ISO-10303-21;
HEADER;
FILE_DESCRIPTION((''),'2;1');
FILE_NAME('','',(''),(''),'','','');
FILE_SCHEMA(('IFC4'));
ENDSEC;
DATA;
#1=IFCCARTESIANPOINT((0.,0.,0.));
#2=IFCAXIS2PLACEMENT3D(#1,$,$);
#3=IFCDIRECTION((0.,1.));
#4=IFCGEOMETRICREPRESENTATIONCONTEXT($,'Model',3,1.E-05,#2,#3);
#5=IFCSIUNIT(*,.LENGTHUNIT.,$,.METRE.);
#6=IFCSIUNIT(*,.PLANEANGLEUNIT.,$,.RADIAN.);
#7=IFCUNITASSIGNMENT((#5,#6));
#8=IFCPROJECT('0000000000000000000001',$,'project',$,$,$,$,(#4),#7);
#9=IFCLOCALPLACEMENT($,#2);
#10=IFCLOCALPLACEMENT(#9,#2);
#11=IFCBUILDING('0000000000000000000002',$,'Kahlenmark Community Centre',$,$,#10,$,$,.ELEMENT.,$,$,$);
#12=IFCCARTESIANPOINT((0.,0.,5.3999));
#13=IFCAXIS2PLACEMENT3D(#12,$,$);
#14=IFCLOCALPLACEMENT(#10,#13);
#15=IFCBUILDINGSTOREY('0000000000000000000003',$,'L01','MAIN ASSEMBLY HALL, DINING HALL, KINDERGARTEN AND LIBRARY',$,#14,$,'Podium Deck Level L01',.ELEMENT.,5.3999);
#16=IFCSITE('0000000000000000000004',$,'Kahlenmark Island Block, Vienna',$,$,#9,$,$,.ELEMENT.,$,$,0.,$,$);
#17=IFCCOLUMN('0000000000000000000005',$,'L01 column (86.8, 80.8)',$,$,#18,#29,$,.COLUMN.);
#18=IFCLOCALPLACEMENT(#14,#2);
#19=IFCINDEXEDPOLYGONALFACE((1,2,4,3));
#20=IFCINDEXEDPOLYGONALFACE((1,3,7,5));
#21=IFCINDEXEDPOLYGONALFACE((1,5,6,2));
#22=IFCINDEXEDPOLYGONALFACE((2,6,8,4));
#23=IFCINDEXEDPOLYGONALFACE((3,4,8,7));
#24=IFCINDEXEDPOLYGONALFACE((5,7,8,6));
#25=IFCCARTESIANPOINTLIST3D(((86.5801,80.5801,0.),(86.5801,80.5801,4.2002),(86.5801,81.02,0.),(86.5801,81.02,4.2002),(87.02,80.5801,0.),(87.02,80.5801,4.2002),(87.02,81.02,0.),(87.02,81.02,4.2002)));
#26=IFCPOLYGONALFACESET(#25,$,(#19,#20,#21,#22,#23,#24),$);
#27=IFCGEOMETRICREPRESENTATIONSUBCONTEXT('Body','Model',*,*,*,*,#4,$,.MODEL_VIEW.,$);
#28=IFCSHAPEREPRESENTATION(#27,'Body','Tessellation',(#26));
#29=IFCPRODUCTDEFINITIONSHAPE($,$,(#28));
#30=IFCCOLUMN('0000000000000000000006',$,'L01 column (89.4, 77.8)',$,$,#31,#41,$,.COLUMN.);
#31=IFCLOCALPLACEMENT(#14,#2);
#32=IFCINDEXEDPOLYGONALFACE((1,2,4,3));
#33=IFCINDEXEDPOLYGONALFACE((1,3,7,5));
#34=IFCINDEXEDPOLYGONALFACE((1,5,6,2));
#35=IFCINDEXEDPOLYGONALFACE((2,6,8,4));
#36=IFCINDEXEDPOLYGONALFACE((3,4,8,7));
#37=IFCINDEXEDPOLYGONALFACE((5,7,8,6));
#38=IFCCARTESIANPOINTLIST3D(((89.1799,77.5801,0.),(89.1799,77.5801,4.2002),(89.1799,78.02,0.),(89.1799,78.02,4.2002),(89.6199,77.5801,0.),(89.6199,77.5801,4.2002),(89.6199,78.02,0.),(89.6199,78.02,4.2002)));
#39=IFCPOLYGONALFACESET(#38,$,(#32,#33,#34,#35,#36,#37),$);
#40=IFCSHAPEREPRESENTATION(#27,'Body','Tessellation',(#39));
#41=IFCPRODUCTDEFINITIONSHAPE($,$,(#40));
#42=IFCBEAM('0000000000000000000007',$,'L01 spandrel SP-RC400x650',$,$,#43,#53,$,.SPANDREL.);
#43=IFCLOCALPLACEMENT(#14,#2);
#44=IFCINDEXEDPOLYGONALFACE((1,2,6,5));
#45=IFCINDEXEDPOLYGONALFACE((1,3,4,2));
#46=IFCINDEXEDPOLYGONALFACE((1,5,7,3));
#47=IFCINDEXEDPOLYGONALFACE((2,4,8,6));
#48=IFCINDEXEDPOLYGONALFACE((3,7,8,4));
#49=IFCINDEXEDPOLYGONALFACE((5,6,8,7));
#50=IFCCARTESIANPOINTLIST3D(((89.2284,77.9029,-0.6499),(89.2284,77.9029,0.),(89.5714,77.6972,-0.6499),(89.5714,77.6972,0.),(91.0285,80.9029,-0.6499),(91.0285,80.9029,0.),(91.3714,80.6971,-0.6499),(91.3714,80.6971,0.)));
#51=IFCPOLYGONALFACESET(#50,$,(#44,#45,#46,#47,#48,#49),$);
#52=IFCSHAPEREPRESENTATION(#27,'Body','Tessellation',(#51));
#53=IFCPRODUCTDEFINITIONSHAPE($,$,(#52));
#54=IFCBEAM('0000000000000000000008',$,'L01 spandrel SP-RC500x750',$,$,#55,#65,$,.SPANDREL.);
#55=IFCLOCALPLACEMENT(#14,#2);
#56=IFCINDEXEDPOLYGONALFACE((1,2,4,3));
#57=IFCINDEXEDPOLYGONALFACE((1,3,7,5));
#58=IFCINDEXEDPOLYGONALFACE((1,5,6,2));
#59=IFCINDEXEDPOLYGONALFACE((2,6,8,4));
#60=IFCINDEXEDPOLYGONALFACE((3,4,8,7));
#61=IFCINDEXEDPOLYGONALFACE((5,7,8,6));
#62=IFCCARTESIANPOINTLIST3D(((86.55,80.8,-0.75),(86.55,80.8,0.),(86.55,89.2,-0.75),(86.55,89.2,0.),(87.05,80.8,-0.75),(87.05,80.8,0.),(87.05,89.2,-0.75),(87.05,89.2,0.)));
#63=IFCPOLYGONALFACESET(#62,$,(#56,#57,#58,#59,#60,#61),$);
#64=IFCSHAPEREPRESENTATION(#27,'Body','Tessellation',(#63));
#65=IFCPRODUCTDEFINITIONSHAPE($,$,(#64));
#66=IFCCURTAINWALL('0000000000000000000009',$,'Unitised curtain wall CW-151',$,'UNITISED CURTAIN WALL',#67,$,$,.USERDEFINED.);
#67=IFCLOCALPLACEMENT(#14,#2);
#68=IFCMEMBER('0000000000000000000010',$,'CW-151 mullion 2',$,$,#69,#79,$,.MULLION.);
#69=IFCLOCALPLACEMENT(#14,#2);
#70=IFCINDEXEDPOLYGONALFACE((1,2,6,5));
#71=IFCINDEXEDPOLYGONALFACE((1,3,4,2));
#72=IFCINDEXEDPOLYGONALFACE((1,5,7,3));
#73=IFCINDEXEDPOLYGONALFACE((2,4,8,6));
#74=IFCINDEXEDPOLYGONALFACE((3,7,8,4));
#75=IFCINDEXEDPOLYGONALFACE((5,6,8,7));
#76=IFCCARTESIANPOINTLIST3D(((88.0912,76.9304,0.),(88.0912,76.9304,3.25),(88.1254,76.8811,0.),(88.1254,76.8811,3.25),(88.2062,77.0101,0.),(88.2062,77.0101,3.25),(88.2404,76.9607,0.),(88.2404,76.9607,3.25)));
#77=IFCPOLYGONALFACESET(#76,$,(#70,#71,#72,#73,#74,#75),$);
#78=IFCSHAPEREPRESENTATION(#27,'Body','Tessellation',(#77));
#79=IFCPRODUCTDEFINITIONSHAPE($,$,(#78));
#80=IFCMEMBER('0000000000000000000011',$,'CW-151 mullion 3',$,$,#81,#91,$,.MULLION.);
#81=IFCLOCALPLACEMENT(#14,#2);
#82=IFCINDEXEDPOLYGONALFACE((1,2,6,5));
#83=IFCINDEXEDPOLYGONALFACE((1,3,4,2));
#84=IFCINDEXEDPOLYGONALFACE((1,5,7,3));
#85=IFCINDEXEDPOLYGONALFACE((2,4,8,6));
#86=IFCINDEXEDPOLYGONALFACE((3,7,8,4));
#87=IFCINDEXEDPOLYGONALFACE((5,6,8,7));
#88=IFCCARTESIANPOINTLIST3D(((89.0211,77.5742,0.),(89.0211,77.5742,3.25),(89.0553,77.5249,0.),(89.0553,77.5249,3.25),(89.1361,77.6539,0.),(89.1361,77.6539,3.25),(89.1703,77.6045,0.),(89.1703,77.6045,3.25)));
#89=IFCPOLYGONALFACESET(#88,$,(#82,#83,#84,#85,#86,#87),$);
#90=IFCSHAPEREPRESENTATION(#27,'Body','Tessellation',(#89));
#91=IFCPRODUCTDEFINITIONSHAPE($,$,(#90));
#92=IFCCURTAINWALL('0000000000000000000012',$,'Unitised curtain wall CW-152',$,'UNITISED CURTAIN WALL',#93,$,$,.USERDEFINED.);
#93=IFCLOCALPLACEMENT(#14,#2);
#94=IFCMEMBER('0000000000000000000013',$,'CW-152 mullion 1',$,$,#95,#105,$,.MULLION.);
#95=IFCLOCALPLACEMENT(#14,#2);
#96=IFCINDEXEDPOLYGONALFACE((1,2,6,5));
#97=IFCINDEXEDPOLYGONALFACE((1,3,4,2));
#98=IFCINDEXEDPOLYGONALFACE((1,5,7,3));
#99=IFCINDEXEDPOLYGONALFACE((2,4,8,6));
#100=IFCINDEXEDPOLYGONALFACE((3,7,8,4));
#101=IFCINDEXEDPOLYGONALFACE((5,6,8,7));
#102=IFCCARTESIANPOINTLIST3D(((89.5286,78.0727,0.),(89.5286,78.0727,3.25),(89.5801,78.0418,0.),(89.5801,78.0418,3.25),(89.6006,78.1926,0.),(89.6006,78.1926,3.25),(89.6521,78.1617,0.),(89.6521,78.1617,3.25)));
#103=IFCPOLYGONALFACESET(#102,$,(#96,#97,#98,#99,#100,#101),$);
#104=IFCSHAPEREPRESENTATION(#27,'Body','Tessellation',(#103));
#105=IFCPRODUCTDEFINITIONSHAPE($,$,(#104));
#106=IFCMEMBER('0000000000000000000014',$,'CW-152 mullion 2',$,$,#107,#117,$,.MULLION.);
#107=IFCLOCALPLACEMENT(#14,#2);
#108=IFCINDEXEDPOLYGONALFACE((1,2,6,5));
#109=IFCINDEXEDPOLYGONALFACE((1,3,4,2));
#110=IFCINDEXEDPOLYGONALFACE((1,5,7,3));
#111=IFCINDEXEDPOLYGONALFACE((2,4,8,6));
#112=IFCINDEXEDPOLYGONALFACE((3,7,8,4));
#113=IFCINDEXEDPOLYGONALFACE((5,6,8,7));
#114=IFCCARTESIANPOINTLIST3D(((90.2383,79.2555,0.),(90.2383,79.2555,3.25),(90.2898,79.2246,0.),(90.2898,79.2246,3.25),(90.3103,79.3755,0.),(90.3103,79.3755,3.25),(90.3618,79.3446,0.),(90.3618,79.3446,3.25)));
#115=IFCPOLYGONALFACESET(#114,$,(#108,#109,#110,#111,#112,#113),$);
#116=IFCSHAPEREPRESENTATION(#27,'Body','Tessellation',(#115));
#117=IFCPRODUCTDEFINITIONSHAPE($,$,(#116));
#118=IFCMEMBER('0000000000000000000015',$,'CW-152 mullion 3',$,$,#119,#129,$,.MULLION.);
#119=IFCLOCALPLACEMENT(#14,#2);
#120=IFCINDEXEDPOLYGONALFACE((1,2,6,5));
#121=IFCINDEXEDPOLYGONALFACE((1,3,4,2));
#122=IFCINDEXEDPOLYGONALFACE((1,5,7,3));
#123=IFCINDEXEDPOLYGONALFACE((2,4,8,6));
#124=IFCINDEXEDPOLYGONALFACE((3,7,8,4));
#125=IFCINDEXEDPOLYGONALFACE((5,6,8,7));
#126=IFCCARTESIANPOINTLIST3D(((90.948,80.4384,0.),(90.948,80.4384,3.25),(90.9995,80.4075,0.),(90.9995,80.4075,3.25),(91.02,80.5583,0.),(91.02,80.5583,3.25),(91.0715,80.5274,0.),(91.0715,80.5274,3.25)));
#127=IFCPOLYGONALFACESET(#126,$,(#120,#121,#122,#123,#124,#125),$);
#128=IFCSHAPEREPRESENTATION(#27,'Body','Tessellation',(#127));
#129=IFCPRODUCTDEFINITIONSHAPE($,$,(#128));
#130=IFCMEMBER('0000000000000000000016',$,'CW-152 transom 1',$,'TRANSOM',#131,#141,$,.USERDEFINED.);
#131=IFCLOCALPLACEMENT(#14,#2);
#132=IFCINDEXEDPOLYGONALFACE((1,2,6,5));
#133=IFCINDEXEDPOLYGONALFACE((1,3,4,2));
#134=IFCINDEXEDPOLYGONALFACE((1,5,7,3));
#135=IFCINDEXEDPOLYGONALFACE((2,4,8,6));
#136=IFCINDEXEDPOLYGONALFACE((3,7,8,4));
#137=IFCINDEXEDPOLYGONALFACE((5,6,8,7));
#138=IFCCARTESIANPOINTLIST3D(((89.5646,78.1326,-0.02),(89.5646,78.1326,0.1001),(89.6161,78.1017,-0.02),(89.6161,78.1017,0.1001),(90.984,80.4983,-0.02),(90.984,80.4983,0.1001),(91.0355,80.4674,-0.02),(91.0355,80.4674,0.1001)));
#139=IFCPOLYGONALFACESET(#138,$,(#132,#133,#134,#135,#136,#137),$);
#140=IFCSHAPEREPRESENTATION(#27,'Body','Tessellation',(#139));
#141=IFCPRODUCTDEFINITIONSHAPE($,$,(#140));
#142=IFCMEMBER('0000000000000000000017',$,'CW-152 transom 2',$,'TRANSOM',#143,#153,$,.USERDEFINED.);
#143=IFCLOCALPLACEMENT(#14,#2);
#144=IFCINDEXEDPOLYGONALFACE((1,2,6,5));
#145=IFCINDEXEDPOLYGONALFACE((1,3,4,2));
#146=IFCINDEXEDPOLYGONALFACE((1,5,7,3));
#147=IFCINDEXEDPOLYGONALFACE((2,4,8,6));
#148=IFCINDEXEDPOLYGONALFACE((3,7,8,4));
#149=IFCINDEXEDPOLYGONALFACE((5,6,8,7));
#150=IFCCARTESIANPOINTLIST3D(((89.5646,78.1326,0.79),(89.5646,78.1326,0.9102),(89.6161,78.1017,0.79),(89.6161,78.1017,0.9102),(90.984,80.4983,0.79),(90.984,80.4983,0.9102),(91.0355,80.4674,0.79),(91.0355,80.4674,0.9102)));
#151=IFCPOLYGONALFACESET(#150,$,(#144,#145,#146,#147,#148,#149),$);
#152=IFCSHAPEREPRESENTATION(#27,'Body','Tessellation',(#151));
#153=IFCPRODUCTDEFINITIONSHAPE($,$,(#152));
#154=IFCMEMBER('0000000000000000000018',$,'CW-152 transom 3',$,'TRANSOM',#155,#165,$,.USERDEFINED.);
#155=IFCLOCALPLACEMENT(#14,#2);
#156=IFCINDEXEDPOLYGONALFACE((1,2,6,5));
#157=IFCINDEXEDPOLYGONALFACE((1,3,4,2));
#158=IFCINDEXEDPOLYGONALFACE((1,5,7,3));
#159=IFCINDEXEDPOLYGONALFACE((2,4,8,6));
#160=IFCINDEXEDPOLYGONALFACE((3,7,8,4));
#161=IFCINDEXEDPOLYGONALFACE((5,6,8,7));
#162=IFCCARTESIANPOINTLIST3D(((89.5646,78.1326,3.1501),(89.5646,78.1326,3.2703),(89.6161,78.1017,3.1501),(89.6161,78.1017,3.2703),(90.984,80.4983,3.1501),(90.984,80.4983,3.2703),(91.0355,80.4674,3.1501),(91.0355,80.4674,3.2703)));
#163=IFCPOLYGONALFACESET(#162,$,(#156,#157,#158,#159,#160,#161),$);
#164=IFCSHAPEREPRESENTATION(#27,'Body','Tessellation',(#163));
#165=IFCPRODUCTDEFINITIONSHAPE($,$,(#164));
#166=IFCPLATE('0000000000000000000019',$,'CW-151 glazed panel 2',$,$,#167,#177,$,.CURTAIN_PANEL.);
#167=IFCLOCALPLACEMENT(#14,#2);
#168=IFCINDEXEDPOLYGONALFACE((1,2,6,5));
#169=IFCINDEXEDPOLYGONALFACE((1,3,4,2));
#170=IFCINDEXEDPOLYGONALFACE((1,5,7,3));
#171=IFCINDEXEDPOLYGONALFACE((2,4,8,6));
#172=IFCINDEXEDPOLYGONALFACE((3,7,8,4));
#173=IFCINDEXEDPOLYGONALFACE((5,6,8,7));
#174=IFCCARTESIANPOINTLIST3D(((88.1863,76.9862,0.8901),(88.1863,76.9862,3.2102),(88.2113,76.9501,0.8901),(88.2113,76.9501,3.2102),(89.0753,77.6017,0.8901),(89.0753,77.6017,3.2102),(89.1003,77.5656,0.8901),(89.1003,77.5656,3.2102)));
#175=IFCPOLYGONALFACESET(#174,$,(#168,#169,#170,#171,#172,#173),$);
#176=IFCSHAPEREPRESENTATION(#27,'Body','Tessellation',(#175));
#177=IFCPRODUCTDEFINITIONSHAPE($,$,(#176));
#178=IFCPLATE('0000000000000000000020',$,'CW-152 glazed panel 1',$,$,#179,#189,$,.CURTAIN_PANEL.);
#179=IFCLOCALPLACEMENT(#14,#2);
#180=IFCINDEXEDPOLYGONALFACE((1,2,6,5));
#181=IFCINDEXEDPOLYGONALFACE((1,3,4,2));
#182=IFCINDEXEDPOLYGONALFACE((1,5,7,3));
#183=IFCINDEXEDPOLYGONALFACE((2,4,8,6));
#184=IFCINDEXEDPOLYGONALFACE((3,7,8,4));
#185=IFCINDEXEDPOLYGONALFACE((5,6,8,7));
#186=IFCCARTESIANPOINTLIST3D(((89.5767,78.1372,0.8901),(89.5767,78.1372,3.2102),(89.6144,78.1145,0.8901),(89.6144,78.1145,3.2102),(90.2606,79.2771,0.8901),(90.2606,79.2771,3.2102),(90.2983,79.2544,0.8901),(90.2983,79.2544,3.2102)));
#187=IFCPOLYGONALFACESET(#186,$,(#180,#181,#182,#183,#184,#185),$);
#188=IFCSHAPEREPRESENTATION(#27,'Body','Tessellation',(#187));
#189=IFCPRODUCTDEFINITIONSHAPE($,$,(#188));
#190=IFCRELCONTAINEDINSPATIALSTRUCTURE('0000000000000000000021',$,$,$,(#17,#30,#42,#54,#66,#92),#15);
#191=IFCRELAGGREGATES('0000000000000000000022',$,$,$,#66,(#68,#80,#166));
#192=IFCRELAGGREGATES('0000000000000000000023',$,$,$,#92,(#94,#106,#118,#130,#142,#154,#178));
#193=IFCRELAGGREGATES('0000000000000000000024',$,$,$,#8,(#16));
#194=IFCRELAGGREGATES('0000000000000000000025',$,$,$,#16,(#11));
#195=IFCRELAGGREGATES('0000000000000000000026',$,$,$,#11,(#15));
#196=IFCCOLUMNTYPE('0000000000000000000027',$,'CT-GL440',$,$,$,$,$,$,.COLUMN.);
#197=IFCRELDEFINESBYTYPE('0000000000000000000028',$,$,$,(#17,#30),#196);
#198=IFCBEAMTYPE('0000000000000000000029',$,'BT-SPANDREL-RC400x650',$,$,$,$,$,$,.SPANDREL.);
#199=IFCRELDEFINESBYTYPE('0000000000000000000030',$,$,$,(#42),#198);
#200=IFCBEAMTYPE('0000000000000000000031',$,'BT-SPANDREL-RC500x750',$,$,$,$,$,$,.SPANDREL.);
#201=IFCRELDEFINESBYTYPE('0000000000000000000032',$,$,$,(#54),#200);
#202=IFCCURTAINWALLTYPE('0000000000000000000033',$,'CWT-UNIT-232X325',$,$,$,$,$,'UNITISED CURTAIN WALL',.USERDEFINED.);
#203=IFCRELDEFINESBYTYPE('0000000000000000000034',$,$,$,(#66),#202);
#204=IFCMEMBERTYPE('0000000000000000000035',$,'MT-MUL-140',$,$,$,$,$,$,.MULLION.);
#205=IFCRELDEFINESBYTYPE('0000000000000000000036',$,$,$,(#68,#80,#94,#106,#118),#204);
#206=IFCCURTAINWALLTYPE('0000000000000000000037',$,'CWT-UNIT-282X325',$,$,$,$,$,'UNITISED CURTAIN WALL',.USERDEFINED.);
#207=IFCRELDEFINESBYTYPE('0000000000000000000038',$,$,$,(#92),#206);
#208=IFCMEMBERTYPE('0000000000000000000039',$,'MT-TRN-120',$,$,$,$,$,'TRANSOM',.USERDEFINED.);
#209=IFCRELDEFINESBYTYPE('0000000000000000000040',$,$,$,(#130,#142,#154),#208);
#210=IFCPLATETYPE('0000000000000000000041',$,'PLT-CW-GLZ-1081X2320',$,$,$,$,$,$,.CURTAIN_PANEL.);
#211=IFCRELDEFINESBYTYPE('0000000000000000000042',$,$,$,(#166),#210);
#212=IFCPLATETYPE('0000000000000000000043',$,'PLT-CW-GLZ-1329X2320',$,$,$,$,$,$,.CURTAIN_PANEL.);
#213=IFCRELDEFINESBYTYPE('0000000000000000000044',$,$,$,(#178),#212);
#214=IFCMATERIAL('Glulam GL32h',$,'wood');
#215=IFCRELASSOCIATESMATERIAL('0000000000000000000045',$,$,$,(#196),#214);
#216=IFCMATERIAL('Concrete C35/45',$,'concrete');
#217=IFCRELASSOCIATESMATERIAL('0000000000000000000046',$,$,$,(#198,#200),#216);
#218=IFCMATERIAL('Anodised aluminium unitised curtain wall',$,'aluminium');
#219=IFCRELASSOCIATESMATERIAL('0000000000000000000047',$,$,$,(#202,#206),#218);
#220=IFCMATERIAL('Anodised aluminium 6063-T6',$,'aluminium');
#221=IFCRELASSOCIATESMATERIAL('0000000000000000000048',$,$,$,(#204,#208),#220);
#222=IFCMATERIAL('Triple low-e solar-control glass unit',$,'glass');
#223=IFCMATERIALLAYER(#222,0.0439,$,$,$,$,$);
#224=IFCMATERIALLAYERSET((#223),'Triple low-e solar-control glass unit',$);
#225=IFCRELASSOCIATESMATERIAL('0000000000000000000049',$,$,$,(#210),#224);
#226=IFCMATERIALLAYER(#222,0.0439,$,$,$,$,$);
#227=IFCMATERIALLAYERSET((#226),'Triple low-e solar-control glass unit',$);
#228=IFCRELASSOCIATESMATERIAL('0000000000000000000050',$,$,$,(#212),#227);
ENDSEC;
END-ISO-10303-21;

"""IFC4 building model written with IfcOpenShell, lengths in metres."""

from ifc_helpers import new_model, si_unit, direction, frame, origin, origin_2d, place, context, subcontext, project, spatial, rectangle, extrude, material, layer, layer_set, material_profile, profile_set, type_object, element, aggregate, save


model = new_model("IFC4")

# Units and contexts
model_context = context("Model", 3, precision=1e-05, world=origin(), true_north=direction((0.0, 1.0)))
body_context = subcontext(model_context, "Body", "Model", "MODEL_VIEW")
ifc_project = project(units=[si_unit("LENGTHUNIT", "METRE"), si_unit("PLANEANGLEUNIT", "RADIAN")], contexts=[model_context])

# Site, building, storey
site_placement = place(None, origin())
site = spatial("IfcSite", under=ifc_project, at=site_placement, Name="Kahlenmark Island Block, Vienna", CompositionType="ELEMENT", RefElevation=0.0)
building_placement = place(site_placement, origin())
building = spatial("IfcBuilding", under=site, at=building_placement, Name="Kahlenmark Community Centre", CompositionType="ELEMENT")
storey_placement = place(building_placement, frame((0.0, 0.0, 5.3999)))
storey = spatial("IfcBuildingStorey", under=building, at=storey_placement, Name="L01", Description="MAIN ASSEMBLY HALL, DINING HALL, KINDERGARTEN AND LIBRARY", LongName="Podium Deck Level L01", CompositionType="ELEMENT", Elevation=5.3999)

# Columns
ifc_material_1 = material(Name="Glulam GL32h", Category="wood")
ifc_material_profile_1 = material_profile(ifc_material_1, rectangle(XDim=0.4399, YDim=0.4399, at=origin_2d()), Name="GL32h 440x440")
ifc_profile_set_1 = profile_set([ifc_material_profile_1], Name="Glulam GL32h")
column_type = type_object("IfcColumnType", Name="CT-GL440", PredefinedType="COLUMN", material=ifc_profile_set_1)
for number, where, z_axis, x_axis, name in (
    (1, (86.8, 80.8, 0.0), (0.0, 0.0, 1.0), (1.0, 0.0, 0.0), "L01 column (86.8, 80.8)"),
    (2, (89.3999, 77.8, 0.0), (0.0, 0.0, 1.0), (1.0, 0.0, 0.0), "L01 column (89.4, 77.8)"),
):
    element("IfcColumn", number, at=place(storey_placement, frame(where, z_axis=z_axis, x_axis=x_axis)), inside=storey, type_object=column_type, Name=name, PredefinedType="COLUMN", context=body_context, shape_type="SweptSolid", body=[
        extrude(rectangle(XDim=0.4399, YDim=0.4399, at=origin_2d()), origin(), (0.0, 0.0, 1.0), 4.2002),
    ])

# Beams
ifc_material_2 = material(Name="Concrete C35/45", Category="concrete")
ifc_material_profile_2 = material_profile(ifc_material_2, rectangle(XDim=0.3999, YDim=0.6499, at=origin_2d()), Name="RC 400x650")
ifc_profile_set_2 = profile_set([ifc_material_profile_2], Name="Concrete C35/45")
beam_type_1 = type_object("IfcBeamType", Name="BT-SPANDREL-RC400x650", PredefinedType="SPANDREL", material=ifc_profile_set_2)
beam_1_placement = place(storey_placement, frame((89.3999, 77.8, -0.325), z_axis=(0.514506, 0.857487, 0.0), x_axis=(-0.857487, 0.514506, 0.0)))
element("IfcBeam", 3, at=beam_1_placement, inside=storey, type_object=beam_type_1, Name="L01 spandrel SP-RC400x650", PredefinedType="SPANDREL", context=body_context, shape_type="SweptSolid", body=[
    extrude(rectangle(XDim=0.3999, YDim=0.6499, at=origin_2d()), origin(), (0.0, 0.0, 1.0), 3.4985),
])
ifc_material_profile_3 = material_profile(ifc_material_2, rectangle(XDim=0.5, YDim=0.75, at=origin_2d()), Name="RC 500x750")
ifc_profile_set_3 = profile_set([ifc_material_profile_3], Name="Concrete C35/45")
beam_type_2 = type_object("IfcBeamType", Name="BT-SPANDREL-RC500x750", PredefinedType="SPANDREL", material=ifc_profile_set_3)
beam_2_placement = place(storey_placement, frame((86.8, 80.8, -0.375), z_axis=(0.0, 1.0, 0.0), x_axis=(-1.0, 0.0, 0.0)))
element("IfcBeam", 4, at=beam_2_placement, inside=storey, type_object=beam_type_2, Name="L01 spandrel SP-RC500x750", PredefinedType="SPANDREL", context=body_context, shape_type="SweptSolid", body=[
    extrude(rectangle(XDim=0.5, YDim=0.75, at=origin_2d()), origin(), (0.0, 0.0, 1.0), 8.3999),
])

# Curtain walls, members
ifc_material_3 = material(Name="Anodised aluminium unitised curtain wall", Category="aluminium")
curtain_wall_type_1 = type_object("IfcCurtainWallType", Name="CWT-UNIT-232X325", ElementType="UNITISED CURTAIN WALL", PredefinedType="USERDEFINED", material=ifc_material_3)
curtain_wall_1_placement = place(storey_placement, origin())
curtain_wall_1 = element("IfcCurtainWall", 5, at=curtain_wall_1_placement, inside=storey, type_object=curtain_wall_type_1, Name="Unitised curtain wall CW-151", ObjectType="UNITISED CURTAIN WALL", PredefinedType="USERDEFINED")
ifc_material_4 = material(Name="Anodised aluminium 6063-T6", Category="aluminium")
ifc_material_profile_4 = material_profile(ifc_material_4, rectangle(XDim=0.0601, YDim=0.1399, at=origin_2d()), Name="ALU MULLION 60x140")
ifc_profile_set_4 = profile_set([ifc_material_profile_4], Name="Anodised aluminium 6063-T6")
member_type_1 = type_object("IfcMemberType", Name="MT-MUL-140", PredefinedType="MULLION", material=ifc_profile_set_4)
member_1_placement = place(storey_placement, frame((88.1658, 76.9456, 0.0), z_axis=(0.0, 0.0, 1.0), x_axis=(-0.569212, 0.822191, 0.0)))
member_1 = element("IfcMember", 6, at=member_1_placement, type_object=member_type_1, Name="CW-151 mullion 2", PredefinedType="MULLION", context=body_context, shape_type="SweptSolid", body=[
    extrude(rectangle(XDim=0.0601, YDim=0.1399, at=origin_2d()), origin(), (0.0, 0.0, 1.0), 3.25),
])
member_2_placement = place(storey_placement, frame((89.0957, 77.5894, 0.0), z_axis=(0.0, 0.0, 1.0), x_axis=(-0.569212, 0.822191, 0.0)))
member_2 = element("IfcMember", 7, at=member_2_placement, type_object=member_type_1, Name="CW-151 mullion 3", PredefinedType="MULLION", context=body_context, shape_type="SweptSolid", body=[
    extrude(rectangle(XDim=0.0601, YDim=0.1399, at=origin_2d()), origin(), (0.0, 0.0, 1.0), 3.25),
])
curtain_wall_type_2 = type_object("IfcCurtainWallType", Name="CWT-UNIT-282X325", ElementType="UNITISED CURTAIN WALL", PredefinedType="USERDEFINED", material=ifc_material_3)
curtain_wall_2_placement = place(storey_placement, origin())
curtain_wall_2 = element("IfcCurtainWall", 8, at=curtain_wall_2_placement, inside=storey, type_object=curtain_wall_type_2, Name="Unitised curtain wall CW-152", ObjectType="UNITISED CURTAIN WALL", PredefinedType="USERDEFINED")
member_3_placement = place(storey_placement, frame((89.5903, 78.1172, 0.0), z_axis=(0.0, 0.0, 1.0), x_axis=(-0.857493, 0.514496, 0.0)))
member_3 = element("IfcMember", 9, at=member_3_placement, type_object=member_type_1, Name="CW-152 mullion 1", PredefinedType="MULLION", context=body_context, shape_type="SweptSolid", body=[
    extrude(rectangle(XDim=0.0601, YDim=0.1399, at=origin_2d()), origin(), (0.0, 0.0, 1.0), 3.25),
])
member_4_placement = place(storey_placement, frame((90.3, 79.3, 0.0), z_axis=(0.0, 0.0, 1.0), x_axis=(-0.857493, 0.514496, 0.0)))
member_4 = element("IfcMember", 10, at=member_4_placement, type_object=member_type_1, Name="CW-152 mullion 2", PredefinedType="MULLION", context=body_context, shape_type="SweptSolid", body=[
    extrude(rectangle(XDim=0.0601, YDim=0.1399, at=origin_2d()), origin(), (0.0, 0.0, 1.0), 3.25),
])
member_5_placement = place(storey_placement, frame((91.0098, 80.4829, 0.0), z_axis=(0.0, 0.0, 1.0), x_axis=(-0.857493, 0.514496, 0.0)))
member_5 = element("IfcMember", 11, at=member_5_placement, type_object=member_type_1, Name="CW-152 mullion 3", PredefinedType="MULLION", context=body_context, shape_type="SweptSolid", body=[
    extrude(rectangle(XDim=0.0601, YDim=0.1399, at=origin_2d()), origin(), (0.0, 0.0, 1.0), 3.25),
])
ifc_material_profile_5 = material_profile(ifc_material_4, rectangle(XDim=0.0601, YDim=0.1201, at=origin_2d()), Name="ALU TRANSOM 60x120")
ifc_profile_set_5 = profile_set([ifc_material_profile_5], Name="Anodised aluminium 6063-T6")
member_type_2 = type_object("IfcMemberType", Name="MT-TRN-120", ElementType="TRANSOM", PredefinedType="USERDEFINED", material=ifc_profile_set_5)
member_6_placement = place(storey_placement, frame((89.5903, 78.1172, 0.04), z_axis=(0.514496, 0.857493, 0.0), x_axis=(-0.857493, 0.514496, 0.0)))
member_6 = element("IfcMember", 12, at=member_6_placement, type_object=member_type_2, Name="CW-152 transom 1", ObjectType="TRANSOM", PredefinedType="USERDEFINED", context=body_context, shape_type="SweptSolid", body=[
    extrude(rectangle(XDim=0.0601, YDim=0.1201, at=origin_2d()), origin(), (0.0, 0.0, 1.0), 2.7588),
])
member_7_placement = place(storey_placement, frame((89.5903, 78.1172, 0.8501), z_axis=(0.514496, 0.857493, 0.0), x_axis=(-0.857493, 0.514496, 0.0)))
member_7 = element("IfcMember", 13, at=member_7_placement, type_object=member_type_2, Name="CW-152 transom 2", ObjectType="TRANSOM", PredefinedType="USERDEFINED", context=body_context, shape_type="SweptSolid", body=[
    extrude(rectangle(XDim=0.0601, YDim=0.1201, at=origin_2d()), origin(), (0.0, 0.0, 1.0), 2.7588),
])
member_8_placement = place(storey_placement, frame((89.5903, 78.1172, 3.2102), z_axis=(0.514496, 0.857493, 0.0), x_axis=(-0.857493, 0.514496, 0.0)))
member_8 = element("IfcMember", 14, at=member_8_placement, type_object=member_type_2, Name="CW-152 transom 3", ObjectType="TRANSOM", PredefinedType="USERDEFINED", context=body_context, shape_type="SweptSolid", body=[
    extrude(rectangle(XDim=0.0601, YDim=0.1201, at=origin_2d()), origin(), (0.0, 0.0, 1.0), 2.7588),
])

# Plates
ifc_material_5 = material(Name="Triple low-e solar-control glass unit", Category="glass")
ifc_layer_1 = layer(ifc_material_5, 0.0439)
ifc_layer_set_1 = layer_set([ifc_layer_1], Name="Triple low-e solar-control glass unit")
plate_type_1 = type_object("IfcPlateType", Name="PLT-CW-GLZ-1081X2320", PredefinedType="CURTAIN_PANEL", material=ifc_layer_set_1)
plate_1_placement = place(storey_placement, frame((88.6433, 77.2759, 0.8901), z_axis=(0.0, 0.0, 1.0), x_axis=(0.822191, 0.569212, 0.0)))
plate_1 = element("IfcPlate", 15, at=plate_1_placement, type_object=plate_type_1, Name="CW-151 glazed panel 2", PredefinedType="CURTAIN_PANEL", context=body_context, shape_type="SweptSolid", body=[
    extrude(rectangle(XDim=1.0813, YDim=0.0439, at=origin_2d()), origin(), (0.0, 0.0, 1.0), 2.3201),
])
ifc_layer_2 = layer(ifc_material_5, 0.0439)
ifc_layer_set_2 = layer_set([ifc_layer_2], Name="Triple low-e solar-control glass unit")
plate_type_2 = type_object("IfcPlateType", Name="PLT-CW-GLZ-1329X2320", PredefinedType="CURTAIN_PANEL", material=ifc_layer_set_2)
plate_2_placement = place(storey_placement, frame((89.9375, 78.6958, 0.8901), z_axis=(0.0, 0.0, 1.0), x_axis=(0.514496, 0.857493, 0.0)))
plate_2 = element("IfcPlate", 16, at=plate_2_placement, type_object=plate_type_2, Name="CW-152 glazed panel 1", PredefinedType="CURTAIN_PANEL", context=body_context, shape_type="SweptSolid", body=[
    extrude(rectangle(XDim=1.3293, YDim=0.0439, at=origin_2d()), origin(), (0.0, 0.0, 1.0), 2.3201),
])
aggregate(curtain_wall_1, [member_1, member_2, plate_1])
aggregate(curtain_wall_2, [member_3, member_4, member_5, member_6, member_7, member_8, plate_2])

save(model, "model.ifc")
